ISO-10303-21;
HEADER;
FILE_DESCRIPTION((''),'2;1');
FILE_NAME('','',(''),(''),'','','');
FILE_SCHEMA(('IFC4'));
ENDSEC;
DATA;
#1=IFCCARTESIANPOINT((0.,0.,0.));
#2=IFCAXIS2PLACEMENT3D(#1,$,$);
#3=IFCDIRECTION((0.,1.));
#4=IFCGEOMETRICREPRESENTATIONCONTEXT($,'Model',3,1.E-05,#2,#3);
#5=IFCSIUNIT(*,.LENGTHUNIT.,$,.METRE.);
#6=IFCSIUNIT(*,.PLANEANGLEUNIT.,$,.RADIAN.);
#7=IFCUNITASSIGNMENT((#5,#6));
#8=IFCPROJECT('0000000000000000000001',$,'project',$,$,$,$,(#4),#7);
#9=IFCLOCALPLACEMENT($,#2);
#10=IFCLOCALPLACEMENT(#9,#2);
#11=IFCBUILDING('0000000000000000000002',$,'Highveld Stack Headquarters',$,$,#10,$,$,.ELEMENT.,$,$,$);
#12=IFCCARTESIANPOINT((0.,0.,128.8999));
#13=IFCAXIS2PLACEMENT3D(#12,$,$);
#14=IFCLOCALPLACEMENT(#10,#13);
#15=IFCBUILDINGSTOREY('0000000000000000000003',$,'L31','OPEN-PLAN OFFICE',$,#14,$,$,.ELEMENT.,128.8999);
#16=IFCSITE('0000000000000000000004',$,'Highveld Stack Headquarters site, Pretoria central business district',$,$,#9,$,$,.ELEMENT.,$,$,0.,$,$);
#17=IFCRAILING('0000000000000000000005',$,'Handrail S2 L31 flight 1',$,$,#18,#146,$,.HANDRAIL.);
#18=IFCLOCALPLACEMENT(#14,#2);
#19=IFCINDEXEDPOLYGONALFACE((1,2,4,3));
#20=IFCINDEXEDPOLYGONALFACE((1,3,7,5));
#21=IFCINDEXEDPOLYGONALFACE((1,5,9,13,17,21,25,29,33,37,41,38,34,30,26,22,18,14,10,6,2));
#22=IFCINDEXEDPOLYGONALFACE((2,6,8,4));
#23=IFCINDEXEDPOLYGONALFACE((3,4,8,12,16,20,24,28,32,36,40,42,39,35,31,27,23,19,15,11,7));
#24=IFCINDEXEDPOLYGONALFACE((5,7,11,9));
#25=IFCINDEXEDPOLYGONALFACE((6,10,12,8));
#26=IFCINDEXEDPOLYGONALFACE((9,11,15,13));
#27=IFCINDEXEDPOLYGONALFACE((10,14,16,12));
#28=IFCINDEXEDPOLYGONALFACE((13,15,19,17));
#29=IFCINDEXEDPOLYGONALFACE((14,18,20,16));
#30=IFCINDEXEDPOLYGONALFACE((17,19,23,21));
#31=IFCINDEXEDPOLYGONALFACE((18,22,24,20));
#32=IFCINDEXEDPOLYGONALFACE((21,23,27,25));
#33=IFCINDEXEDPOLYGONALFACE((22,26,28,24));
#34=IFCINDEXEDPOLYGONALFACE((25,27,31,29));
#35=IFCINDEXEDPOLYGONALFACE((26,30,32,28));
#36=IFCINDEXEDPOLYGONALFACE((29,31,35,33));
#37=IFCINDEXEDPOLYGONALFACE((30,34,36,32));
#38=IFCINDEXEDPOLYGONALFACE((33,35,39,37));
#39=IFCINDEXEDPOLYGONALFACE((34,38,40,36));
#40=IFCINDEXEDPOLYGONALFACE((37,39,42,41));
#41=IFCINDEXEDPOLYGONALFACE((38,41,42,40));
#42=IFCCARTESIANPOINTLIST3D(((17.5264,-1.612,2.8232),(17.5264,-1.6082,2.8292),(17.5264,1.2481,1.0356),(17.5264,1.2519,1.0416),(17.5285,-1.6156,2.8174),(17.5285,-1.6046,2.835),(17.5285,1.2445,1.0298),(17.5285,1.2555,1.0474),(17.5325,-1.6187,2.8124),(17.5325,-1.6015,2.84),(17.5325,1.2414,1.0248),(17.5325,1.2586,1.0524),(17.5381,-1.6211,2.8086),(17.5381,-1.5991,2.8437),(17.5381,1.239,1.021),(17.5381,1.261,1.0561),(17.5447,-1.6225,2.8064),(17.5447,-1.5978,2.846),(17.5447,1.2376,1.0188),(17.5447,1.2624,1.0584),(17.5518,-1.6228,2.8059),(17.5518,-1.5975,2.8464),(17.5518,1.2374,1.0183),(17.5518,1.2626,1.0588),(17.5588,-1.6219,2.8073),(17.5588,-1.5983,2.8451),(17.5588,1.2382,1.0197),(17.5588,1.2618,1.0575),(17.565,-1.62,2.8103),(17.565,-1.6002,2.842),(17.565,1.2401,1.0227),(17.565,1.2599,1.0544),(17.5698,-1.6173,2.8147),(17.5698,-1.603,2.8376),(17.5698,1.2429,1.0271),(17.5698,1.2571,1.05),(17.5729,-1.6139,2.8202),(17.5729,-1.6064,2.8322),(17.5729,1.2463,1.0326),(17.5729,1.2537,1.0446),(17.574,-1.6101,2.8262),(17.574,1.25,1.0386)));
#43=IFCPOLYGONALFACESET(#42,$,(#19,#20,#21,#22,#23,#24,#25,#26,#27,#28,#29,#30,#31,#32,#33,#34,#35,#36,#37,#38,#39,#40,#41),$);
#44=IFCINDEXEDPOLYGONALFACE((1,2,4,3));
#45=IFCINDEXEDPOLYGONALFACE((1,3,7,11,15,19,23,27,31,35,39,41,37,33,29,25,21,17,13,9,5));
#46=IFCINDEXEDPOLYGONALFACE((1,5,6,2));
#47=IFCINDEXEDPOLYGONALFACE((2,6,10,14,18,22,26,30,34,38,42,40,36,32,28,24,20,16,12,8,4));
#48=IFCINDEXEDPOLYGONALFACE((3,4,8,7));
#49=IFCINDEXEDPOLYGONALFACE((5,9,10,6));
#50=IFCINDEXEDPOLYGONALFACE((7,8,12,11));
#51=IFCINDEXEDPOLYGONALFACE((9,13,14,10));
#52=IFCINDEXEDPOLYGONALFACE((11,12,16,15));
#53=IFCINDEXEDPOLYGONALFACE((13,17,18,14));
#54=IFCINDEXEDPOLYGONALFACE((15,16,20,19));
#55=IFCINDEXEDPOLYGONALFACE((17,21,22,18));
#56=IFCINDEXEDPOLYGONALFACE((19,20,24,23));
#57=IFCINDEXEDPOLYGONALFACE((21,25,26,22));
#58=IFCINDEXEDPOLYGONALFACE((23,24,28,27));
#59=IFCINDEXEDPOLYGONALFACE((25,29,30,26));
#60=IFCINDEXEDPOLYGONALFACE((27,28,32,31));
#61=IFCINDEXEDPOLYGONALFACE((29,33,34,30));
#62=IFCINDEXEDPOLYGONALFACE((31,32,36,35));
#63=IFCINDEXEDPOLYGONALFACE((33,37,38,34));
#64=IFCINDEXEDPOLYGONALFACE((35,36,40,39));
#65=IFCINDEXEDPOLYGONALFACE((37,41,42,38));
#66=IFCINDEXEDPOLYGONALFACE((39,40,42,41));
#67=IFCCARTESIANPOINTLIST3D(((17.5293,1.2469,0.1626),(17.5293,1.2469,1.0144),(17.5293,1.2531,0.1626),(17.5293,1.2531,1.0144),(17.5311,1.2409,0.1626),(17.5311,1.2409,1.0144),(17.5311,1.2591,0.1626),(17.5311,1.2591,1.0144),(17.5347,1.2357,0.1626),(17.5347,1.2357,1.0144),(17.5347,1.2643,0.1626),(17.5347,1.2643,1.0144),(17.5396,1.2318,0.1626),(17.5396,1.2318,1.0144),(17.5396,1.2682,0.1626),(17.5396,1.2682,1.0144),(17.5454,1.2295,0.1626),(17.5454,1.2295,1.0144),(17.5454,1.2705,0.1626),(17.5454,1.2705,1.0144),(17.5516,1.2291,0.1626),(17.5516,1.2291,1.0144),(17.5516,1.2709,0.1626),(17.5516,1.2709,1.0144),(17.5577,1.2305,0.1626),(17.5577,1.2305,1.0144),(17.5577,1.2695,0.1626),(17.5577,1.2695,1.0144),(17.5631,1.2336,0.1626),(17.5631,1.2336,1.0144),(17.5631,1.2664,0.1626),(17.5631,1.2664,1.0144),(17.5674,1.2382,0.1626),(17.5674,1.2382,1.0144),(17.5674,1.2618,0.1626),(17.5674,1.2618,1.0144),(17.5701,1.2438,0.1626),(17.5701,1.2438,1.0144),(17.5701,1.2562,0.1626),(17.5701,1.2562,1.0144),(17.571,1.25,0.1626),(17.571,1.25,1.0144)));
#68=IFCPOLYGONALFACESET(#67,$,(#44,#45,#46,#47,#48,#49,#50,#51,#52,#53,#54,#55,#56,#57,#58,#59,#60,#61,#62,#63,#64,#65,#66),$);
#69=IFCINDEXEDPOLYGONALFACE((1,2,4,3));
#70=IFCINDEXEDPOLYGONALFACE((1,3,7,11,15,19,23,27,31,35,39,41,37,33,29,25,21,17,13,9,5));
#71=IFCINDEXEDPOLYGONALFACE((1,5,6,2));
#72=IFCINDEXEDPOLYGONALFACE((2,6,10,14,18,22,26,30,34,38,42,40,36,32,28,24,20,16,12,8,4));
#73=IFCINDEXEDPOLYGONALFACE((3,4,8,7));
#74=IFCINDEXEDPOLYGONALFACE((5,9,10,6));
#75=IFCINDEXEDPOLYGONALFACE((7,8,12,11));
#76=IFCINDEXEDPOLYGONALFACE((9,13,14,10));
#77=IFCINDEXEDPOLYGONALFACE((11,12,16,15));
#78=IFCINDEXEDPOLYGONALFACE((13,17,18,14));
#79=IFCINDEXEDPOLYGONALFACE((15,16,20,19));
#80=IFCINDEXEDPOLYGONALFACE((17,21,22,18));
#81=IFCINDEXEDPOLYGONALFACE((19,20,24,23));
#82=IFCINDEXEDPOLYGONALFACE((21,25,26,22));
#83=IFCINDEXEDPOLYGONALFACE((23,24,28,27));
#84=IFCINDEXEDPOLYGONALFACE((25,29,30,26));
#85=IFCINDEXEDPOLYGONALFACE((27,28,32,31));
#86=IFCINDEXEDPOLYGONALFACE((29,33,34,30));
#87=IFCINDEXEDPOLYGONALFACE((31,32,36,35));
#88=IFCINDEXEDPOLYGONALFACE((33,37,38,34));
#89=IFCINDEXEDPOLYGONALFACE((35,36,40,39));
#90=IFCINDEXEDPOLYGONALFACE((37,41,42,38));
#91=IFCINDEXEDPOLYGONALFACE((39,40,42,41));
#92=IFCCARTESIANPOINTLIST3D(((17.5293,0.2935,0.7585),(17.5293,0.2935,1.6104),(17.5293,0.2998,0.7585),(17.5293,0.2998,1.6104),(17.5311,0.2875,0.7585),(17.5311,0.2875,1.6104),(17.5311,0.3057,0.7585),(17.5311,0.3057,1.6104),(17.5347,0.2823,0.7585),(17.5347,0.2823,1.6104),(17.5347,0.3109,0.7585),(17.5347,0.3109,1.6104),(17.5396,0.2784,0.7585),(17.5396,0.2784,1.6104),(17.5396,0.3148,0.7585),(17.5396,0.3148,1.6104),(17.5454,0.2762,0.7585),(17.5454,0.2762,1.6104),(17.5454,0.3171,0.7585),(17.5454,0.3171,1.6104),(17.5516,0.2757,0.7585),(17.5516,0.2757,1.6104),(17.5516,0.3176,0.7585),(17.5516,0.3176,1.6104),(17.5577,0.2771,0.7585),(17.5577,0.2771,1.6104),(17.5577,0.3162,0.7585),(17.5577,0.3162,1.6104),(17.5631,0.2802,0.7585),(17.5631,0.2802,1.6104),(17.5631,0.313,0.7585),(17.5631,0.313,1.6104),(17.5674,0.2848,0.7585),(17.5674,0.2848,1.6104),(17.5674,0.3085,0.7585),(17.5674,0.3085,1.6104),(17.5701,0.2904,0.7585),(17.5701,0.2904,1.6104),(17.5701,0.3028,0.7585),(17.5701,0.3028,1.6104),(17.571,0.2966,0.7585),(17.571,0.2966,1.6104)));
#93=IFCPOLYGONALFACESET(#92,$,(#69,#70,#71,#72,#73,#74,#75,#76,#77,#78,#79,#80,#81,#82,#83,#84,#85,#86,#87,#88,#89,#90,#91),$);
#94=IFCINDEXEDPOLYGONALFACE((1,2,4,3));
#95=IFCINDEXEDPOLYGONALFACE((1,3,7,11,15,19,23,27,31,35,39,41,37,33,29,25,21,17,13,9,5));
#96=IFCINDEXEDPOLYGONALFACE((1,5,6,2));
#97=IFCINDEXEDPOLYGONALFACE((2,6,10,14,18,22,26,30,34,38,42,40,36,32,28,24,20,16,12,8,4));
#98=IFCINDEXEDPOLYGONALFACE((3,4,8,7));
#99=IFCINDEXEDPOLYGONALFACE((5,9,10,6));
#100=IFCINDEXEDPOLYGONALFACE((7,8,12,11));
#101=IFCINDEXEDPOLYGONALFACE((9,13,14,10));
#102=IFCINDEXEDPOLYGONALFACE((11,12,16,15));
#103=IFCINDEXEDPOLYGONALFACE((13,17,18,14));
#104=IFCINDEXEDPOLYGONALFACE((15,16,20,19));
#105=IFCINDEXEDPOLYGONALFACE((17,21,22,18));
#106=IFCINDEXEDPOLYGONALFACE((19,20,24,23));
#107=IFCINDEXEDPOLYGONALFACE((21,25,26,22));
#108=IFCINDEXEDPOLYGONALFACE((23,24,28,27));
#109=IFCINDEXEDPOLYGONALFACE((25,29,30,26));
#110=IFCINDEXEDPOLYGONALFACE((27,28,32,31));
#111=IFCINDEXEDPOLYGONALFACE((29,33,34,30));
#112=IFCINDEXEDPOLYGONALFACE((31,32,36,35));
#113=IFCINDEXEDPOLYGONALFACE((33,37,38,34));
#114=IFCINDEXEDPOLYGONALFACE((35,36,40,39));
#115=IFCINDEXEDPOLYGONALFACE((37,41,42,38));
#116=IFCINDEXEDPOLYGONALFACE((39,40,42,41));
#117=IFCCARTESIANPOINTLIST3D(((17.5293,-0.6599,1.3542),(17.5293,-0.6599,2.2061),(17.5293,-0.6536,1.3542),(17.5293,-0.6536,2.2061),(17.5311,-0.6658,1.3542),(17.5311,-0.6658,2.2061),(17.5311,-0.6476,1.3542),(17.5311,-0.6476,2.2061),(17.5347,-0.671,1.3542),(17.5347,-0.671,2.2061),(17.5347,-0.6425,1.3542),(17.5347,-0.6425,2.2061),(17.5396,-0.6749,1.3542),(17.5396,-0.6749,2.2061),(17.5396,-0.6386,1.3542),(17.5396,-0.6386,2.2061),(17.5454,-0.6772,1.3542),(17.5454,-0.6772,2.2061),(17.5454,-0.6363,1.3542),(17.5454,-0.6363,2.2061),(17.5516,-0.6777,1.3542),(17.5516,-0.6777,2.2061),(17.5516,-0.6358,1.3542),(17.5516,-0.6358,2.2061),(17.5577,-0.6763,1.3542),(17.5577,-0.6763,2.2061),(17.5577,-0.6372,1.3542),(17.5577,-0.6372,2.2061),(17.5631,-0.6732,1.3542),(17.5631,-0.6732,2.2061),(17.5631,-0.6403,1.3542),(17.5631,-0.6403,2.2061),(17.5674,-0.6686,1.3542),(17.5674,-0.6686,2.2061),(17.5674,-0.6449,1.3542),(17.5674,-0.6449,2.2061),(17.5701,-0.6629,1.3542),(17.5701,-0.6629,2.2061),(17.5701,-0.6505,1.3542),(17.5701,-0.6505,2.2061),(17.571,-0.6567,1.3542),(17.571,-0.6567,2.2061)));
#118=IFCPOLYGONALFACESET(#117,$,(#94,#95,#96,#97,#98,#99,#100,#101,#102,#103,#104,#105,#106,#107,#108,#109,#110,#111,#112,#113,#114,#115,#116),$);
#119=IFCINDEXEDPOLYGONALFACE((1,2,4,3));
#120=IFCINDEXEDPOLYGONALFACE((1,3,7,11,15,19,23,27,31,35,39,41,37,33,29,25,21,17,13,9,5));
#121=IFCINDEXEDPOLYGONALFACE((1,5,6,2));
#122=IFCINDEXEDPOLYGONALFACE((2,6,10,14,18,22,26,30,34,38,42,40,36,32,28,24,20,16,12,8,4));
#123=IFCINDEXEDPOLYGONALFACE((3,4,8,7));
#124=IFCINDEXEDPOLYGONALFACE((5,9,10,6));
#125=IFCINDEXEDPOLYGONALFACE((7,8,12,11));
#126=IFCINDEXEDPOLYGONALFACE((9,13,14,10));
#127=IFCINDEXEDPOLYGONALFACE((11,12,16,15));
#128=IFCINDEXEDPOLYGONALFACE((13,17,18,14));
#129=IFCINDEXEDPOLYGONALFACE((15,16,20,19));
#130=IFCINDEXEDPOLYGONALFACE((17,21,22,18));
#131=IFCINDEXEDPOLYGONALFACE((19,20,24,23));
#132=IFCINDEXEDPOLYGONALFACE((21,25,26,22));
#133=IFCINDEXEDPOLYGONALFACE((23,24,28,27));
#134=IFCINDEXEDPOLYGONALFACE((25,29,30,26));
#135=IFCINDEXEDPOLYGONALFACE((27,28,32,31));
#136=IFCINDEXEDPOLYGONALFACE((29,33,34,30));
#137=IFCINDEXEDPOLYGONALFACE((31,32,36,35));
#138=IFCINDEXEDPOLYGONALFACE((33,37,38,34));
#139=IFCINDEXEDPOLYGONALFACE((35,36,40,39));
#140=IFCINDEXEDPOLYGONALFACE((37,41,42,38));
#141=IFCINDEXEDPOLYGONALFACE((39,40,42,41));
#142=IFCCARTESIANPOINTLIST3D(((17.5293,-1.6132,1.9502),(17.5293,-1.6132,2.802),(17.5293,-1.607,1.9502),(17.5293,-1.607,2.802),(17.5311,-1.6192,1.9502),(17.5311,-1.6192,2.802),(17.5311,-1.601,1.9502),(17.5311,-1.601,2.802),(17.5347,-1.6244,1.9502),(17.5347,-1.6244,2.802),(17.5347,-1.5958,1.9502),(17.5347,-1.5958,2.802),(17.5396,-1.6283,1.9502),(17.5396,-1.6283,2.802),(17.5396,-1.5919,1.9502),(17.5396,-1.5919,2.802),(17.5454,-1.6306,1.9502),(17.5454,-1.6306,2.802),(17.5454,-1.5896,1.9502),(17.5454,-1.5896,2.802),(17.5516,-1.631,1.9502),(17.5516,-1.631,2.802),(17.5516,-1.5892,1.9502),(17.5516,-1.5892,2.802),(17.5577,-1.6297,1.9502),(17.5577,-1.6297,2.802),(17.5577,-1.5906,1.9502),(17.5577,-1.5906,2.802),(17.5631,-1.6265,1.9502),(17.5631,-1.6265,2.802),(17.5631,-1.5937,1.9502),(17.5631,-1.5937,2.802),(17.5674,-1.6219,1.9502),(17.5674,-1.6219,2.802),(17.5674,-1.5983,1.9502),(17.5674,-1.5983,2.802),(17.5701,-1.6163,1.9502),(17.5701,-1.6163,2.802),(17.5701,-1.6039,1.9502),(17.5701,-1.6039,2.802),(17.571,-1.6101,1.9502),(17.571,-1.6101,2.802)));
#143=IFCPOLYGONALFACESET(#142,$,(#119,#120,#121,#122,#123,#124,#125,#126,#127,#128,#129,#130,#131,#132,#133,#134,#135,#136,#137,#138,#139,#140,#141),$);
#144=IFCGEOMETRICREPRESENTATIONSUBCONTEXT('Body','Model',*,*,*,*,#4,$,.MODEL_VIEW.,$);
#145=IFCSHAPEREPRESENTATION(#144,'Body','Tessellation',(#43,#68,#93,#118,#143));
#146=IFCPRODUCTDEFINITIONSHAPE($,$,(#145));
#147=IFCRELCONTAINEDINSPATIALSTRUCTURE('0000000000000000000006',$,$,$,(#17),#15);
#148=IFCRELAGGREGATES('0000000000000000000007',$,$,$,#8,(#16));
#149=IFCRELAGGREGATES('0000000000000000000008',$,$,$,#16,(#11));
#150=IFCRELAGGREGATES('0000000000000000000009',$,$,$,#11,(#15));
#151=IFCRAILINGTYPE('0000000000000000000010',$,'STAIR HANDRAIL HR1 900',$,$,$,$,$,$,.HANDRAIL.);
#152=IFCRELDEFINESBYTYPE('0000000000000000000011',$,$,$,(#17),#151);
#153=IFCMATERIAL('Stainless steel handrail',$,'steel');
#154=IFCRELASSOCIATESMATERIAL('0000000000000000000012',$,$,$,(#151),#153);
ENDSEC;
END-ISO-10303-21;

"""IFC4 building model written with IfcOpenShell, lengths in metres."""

from ifc_helpers import new_model, si_unit, direction, frame, origin, origin_2d, place, context, subcontext, project, spatial, circle, extrude, material, type_object, element, save


model = new_model("IFC4")

# Units and contexts
model_context = context("Model", 3, precision=1e-05, world=origin(), true_north=direction((0.0, 1.0)))
body_context = subcontext(model_context, "Body", "Model", "MODEL_VIEW")
ifc_project = project(units=[si_unit("LENGTHUNIT", "METRE"), si_unit("PLANEANGLEUNIT", "RADIAN")], contexts=[model_context])

# Site, building, storey
site_placement = place(None, origin())
site = spatial("IfcSite", under=ifc_project, at=site_placement, Name="Highveld Stack Headquarters site, Pretoria central business district", CompositionType="ELEMENT", RefElevation=0.0)
building_placement = place(site_placement, origin())
building = spatial("IfcBuilding", under=site, at=building_placement, Name="Highveld Stack Headquarters", CompositionType="ELEMENT")
storey_placement = place(building_placement, frame((0.0, 0.0, 128.8999)))
storey = spatial("IfcBuildingStorey", under=building, at=storey_placement, Name="L31", Description="OPEN-PLAN OFFICE", CompositionType="ELEMENT", Elevation=128.8999)

# Railing
ifc_material_1 = material(Name="Stainless steel handrail", Category="steel")
railing_type = type_object("IfcRailingType", Name="STAIR HANDRAIL HR1 900", PredefinedType="HANDRAIL", material=ifc_material_1)
for number, where, name in (
    (1, (17.55, 1.25, 0.1626), "Handrail S2 L31 flight 1"),
):
    element("IfcRailing", number, at=place(storey_placement, frame(where)), inside=storey, type_object=railing_type, Name=name, PredefinedType="HANDRAIL", context=body_context, shape_type="SweptSolid", body=[
        extrude(circle(Radius=0.0239, at=origin_2d()), frame((0.0, 0.0, 0.876), z_axis=(0.0, -0.847994, 0.530005), x_axis=(1.0, 0.0, 0.0)), (0.0, 0.0, 1.0), 3.3728),
        extrude(circle(Radius=0.021, at=origin_2d()), origin(), (0.0, 0.0, 1.0), 0.8518),
        extrude(circle(Radius=0.021, at=origin_2d()), frame((0.0, -0.9534, 0.5959)), (0.0, 0.0, 1.0), 0.8518),
        extrude(circle(Radius=0.021, at=origin_2d()), frame((0.0, -1.9067, 1.1917)), (0.0, 0.0, 1.0), 0.8518),
        extrude(circle(Radius=0.021, at=origin_2d()), frame((0.0, -2.8601, 1.7876)), (0.0, 0.0, 1.0), 0.8518),
    ])

save(model, "model.ifc")
